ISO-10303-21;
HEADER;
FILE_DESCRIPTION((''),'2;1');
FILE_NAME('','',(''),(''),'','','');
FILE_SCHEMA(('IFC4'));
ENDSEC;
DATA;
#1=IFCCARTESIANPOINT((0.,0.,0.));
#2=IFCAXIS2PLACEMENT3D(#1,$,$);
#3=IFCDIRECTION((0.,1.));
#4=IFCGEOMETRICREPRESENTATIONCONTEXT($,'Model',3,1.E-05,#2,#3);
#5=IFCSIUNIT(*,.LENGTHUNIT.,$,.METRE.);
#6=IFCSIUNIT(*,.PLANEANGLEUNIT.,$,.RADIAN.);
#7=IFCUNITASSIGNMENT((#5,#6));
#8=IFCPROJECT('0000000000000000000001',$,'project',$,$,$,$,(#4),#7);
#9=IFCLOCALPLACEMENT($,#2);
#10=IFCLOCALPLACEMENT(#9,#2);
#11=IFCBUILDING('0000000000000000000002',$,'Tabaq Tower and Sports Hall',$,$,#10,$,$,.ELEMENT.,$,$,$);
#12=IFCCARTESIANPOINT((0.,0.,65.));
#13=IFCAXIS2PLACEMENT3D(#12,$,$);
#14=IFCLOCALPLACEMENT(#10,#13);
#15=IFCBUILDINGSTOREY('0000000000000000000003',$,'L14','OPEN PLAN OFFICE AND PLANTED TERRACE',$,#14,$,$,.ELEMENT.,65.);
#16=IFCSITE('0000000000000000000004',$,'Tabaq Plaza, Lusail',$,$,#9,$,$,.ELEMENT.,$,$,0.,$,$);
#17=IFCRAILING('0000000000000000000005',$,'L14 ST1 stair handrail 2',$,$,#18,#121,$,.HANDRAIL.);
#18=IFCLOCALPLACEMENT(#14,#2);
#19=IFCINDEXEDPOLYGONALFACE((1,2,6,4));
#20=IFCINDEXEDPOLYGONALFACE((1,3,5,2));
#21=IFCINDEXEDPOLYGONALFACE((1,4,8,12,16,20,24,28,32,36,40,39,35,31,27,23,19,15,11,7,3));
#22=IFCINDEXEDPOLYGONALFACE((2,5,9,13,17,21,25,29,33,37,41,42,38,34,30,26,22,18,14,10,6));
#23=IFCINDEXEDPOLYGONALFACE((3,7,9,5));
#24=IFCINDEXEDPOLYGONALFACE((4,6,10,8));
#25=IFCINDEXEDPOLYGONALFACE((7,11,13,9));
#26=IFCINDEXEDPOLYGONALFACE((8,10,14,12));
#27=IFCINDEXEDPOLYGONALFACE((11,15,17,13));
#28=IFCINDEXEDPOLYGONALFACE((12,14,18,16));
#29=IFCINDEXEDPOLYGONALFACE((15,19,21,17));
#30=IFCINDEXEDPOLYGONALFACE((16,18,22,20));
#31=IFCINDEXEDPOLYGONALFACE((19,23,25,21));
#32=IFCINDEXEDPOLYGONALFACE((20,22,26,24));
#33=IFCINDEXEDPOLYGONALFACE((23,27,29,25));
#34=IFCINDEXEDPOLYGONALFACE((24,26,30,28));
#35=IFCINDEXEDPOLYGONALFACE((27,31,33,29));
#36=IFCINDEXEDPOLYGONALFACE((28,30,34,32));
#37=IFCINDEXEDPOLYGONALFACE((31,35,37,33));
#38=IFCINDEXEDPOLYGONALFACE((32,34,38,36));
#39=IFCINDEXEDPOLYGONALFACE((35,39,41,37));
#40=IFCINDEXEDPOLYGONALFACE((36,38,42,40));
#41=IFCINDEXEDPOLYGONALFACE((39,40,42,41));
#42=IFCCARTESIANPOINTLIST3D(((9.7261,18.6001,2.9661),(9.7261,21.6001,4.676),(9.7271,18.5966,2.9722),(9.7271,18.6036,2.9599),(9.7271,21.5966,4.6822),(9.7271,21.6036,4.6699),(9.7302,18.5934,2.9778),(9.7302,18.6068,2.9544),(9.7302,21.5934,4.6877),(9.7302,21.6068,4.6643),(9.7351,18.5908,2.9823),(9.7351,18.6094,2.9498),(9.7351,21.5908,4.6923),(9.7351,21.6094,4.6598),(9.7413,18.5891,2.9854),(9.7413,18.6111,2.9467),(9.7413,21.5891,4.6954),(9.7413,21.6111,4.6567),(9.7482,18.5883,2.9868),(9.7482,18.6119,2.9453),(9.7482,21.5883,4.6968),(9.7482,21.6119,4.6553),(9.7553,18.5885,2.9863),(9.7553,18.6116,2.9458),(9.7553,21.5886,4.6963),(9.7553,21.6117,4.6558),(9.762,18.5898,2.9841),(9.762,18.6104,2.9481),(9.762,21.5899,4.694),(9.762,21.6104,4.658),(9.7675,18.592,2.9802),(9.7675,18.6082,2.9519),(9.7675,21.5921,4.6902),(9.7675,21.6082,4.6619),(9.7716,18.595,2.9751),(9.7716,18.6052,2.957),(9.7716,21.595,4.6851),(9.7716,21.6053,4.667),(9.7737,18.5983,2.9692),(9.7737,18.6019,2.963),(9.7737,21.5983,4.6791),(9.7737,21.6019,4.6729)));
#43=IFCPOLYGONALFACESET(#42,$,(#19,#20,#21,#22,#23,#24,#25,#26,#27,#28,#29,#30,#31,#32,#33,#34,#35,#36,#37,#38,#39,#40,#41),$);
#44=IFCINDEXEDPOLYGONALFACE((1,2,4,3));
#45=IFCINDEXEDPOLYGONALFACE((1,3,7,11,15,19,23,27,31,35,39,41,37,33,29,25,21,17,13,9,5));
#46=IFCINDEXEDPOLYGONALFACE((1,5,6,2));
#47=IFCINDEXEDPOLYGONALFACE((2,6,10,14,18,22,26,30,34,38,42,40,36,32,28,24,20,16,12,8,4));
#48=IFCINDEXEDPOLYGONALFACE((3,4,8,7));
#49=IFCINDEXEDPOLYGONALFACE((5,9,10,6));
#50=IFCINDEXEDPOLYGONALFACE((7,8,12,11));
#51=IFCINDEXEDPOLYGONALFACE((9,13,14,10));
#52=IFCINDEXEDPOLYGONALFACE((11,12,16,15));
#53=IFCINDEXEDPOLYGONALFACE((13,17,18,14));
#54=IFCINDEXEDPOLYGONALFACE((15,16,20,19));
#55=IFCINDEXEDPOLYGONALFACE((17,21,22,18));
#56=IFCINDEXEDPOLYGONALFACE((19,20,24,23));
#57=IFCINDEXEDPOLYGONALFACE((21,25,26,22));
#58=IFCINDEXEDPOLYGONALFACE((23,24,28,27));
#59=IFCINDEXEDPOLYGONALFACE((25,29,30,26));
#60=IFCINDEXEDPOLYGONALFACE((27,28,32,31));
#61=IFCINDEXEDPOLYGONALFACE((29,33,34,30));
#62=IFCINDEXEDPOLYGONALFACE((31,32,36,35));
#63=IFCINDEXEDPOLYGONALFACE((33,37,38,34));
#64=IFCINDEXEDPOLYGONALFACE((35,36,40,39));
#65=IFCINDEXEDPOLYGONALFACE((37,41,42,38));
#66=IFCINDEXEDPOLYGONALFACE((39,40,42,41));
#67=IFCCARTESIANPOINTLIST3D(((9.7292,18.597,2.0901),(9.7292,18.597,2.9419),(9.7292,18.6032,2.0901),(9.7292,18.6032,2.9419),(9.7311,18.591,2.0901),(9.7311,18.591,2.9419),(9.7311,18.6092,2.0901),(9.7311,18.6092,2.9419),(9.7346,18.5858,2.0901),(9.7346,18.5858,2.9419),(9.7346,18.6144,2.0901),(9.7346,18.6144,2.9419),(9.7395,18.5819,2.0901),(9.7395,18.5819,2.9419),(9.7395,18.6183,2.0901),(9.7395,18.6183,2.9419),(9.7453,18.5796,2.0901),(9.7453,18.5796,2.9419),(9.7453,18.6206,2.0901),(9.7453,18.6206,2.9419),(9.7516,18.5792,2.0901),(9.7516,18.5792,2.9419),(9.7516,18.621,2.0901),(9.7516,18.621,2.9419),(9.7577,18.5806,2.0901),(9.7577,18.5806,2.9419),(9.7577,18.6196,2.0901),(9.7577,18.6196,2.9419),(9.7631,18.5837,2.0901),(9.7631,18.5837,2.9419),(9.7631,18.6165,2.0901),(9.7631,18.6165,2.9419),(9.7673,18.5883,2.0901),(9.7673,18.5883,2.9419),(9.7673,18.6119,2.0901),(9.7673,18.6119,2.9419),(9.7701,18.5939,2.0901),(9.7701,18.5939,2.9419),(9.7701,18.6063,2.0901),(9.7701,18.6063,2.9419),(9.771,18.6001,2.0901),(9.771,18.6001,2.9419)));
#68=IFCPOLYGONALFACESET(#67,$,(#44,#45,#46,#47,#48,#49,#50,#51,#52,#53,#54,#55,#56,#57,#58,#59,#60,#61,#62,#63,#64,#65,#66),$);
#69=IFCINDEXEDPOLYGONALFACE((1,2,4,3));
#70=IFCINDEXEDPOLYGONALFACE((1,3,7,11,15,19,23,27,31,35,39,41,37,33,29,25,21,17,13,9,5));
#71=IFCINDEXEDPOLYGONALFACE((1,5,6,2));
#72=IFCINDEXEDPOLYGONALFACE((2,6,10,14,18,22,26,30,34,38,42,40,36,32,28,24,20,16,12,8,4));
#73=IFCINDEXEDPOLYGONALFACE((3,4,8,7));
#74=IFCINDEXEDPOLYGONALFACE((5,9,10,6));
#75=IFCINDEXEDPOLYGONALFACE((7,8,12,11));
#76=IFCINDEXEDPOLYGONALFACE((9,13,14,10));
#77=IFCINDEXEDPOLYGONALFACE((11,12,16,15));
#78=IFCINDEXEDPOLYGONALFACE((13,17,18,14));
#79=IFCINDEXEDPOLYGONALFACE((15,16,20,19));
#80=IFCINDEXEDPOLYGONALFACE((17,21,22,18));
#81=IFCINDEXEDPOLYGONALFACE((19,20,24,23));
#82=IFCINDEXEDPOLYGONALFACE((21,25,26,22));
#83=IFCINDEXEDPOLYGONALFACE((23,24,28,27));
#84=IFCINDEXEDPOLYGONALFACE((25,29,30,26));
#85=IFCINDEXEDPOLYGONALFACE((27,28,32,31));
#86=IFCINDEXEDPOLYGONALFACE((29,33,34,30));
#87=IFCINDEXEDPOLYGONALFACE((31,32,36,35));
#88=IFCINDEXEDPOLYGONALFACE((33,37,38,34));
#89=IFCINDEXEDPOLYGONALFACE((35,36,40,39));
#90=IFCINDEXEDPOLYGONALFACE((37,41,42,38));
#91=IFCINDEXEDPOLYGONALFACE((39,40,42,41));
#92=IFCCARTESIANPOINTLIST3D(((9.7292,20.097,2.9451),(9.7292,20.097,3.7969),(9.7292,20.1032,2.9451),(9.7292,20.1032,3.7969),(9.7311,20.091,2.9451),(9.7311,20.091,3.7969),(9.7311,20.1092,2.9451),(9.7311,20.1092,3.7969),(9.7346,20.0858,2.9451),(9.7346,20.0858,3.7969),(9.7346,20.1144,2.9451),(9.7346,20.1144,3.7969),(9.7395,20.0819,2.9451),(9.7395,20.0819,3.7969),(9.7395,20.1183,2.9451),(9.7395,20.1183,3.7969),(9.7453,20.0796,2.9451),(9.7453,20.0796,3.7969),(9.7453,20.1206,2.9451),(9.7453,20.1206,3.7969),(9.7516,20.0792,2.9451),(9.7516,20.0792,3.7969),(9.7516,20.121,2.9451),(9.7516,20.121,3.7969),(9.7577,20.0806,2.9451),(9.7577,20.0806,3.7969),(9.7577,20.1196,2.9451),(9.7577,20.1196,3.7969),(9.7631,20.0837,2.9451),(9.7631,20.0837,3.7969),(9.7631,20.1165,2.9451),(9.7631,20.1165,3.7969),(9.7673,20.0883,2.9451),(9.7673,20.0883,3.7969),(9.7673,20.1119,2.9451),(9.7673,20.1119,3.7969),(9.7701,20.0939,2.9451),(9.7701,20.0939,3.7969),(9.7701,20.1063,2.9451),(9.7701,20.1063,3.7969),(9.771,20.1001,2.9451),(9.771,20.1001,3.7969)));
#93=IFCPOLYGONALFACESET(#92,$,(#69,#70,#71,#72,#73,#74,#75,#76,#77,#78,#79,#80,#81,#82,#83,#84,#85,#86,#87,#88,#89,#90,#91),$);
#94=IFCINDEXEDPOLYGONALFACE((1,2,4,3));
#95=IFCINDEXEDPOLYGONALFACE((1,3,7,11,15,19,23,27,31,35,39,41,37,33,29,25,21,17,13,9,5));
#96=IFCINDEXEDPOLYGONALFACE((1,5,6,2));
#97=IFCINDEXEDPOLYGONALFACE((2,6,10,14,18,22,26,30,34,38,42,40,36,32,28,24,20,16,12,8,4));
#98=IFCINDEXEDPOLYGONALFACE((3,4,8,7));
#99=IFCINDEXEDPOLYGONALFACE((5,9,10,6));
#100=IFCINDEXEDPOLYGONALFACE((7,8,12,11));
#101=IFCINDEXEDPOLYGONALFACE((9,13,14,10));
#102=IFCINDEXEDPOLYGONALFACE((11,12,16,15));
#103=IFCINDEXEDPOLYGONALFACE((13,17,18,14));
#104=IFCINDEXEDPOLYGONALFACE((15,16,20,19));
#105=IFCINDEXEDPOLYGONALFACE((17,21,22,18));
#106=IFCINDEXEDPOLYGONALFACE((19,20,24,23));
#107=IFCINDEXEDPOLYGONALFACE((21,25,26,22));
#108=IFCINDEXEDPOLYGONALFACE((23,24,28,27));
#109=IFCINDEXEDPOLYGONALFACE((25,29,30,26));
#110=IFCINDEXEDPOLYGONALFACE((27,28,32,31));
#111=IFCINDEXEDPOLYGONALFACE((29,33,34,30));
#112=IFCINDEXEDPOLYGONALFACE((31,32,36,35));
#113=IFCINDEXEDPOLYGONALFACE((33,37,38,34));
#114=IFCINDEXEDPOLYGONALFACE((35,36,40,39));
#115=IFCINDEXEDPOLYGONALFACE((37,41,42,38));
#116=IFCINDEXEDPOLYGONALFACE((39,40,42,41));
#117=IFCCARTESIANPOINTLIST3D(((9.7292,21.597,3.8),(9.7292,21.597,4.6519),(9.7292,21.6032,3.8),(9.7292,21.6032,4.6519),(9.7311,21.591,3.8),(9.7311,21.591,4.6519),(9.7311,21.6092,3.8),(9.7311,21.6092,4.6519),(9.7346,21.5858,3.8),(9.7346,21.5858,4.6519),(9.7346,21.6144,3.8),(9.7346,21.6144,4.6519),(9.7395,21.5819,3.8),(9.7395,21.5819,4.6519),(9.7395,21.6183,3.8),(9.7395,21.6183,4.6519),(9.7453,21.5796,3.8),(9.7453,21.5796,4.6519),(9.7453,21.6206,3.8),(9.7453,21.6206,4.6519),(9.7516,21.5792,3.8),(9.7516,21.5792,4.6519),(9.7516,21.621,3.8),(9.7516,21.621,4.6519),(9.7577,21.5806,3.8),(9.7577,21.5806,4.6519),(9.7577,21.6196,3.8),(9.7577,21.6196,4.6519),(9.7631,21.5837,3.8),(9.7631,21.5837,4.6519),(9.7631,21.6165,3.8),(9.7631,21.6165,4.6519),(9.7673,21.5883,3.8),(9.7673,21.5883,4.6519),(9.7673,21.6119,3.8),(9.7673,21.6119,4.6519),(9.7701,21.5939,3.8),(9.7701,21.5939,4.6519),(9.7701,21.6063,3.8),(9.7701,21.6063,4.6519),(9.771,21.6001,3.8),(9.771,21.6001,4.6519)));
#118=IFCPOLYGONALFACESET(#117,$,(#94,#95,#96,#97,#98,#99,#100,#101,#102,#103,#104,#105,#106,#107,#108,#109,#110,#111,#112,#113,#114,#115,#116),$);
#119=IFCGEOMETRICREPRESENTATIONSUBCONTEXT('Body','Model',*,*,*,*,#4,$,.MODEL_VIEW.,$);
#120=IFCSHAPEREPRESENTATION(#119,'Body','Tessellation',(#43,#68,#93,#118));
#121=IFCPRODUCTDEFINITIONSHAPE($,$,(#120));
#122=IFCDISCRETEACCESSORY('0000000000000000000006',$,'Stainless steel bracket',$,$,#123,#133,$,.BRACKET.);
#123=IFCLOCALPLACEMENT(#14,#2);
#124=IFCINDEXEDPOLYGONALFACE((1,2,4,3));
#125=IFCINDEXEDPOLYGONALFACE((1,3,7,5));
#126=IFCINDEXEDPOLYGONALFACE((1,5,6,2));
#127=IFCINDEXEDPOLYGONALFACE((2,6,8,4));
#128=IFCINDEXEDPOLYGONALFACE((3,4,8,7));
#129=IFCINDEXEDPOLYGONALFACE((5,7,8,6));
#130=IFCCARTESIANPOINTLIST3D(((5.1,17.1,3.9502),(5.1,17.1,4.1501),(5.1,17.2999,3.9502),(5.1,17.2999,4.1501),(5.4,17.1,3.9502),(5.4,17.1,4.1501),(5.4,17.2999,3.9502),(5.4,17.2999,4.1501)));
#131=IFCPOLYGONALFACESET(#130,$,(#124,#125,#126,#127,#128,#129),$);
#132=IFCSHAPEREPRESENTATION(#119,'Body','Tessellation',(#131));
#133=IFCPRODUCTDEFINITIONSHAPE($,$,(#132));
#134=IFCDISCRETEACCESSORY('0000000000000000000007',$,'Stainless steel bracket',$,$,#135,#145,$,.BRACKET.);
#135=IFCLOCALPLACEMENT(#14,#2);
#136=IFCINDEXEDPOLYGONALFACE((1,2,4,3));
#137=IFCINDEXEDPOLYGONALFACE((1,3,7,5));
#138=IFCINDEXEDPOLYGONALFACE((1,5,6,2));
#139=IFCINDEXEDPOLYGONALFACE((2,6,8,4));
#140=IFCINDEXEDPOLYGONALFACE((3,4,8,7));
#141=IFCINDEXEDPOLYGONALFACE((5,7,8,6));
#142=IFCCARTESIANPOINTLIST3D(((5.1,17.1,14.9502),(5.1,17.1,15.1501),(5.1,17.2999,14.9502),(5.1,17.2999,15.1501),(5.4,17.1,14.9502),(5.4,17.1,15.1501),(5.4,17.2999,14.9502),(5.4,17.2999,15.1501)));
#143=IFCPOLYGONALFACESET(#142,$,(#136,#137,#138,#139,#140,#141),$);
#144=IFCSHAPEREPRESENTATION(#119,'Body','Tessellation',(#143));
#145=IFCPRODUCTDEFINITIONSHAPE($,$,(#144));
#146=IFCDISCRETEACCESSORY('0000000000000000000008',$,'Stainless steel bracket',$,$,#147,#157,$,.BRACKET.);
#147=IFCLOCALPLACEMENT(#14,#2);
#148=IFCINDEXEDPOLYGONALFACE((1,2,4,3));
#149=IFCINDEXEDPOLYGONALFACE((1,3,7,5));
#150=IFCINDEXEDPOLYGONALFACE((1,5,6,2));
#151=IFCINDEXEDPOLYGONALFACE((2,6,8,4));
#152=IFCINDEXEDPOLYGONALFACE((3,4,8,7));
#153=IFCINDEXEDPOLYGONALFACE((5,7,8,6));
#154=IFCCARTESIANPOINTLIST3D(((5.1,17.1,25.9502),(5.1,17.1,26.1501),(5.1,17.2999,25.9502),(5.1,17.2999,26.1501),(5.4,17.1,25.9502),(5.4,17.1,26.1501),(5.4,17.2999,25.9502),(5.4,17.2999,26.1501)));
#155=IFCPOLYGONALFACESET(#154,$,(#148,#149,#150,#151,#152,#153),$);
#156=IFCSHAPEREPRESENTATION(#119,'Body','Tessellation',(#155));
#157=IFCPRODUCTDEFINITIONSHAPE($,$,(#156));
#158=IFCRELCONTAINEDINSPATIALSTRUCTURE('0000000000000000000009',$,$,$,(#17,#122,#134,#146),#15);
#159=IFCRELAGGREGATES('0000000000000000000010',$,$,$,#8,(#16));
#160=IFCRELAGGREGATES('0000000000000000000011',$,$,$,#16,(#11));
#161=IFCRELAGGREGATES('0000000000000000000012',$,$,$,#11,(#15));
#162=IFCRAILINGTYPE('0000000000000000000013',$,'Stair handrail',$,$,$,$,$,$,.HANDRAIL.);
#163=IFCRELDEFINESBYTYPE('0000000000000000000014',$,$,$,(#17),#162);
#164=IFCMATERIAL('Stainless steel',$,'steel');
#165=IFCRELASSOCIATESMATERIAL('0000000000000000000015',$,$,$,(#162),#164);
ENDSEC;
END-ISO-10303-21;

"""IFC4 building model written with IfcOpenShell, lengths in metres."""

from ifc_helpers import new_model, si_unit, direction, frame, origin, origin_2d, place, context, subcontext, project, spatial, rectangle, circle, extrude, material, type_object, element, save


model = new_model("IFC4")

# Units and contexts
model_context = context("Model", 3, precision=1e-05, world=origin(), true_north=direction((0.0, 1.0)))
body_context = subcontext(model_context, "Body", "Model", "MODEL_VIEW")
ifc_project = project(units=[si_unit("LENGTHUNIT", "METRE"), si_unit("PLANEANGLEUNIT", "RADIAN")], contexts=[model_context])

# Site, building, storey
site_placement = place(None, origin())
site = spatial("IfcSite", under=ifc_project, at=site_placement, Name="Tabaq Plaza, Lusail", CompositionType="ELEMENT", RefElevation=0.0)
building_placement = place(site_placement, origin())
building = spatial("IfcBuilding", under=site, at=building_placement, Name="Tabaq Tower and Sports Hall", CompositionType="ELEMENT")
storey_placement = place(building_placement, frame((0.0, 0.0, 65.0)))
storey = spatial("IfcBuildingStorey", under=building, at=storey_placement, Name="L14", Description="OPEN PLAN OFFICE AND PLANTED TERRACE", CompositionType="ELEMENT", Elevation=65.0)

# Railing
ifc_material_1 = material(Name="Stainless steel", Category="steel")
railing_type = type_object("IfcRailingType", Name="Stair handrail", PredefinedType="HANDRAIL", material=ifc_material_1)
railing_1_placement = place(storey_placement, frame((9.75, 18.6001, 2.0901)))
element("IfcRailing", 1, at=railing_1_placement, inside=storey, type_object=railing_type, Name="L14 ST1 stair handrail 2", PredefinedType="HANDRAIL", context=body_context, shape_type="SweptSolid", body=[
    extrude(circle(Radius=0.0239, at=origin_2d()), frame((0.0, 0.0, 0.876), z_axis=(0.0, 0.868782, 0.495195), x_axis=(-1.0, 0.0, 0.0)), (0.0, 0.0, 1.0), 3.4531),
    extrude(circle(Radius=0.021, at=origin_2d()), origin(), (0.0, 0.0, 1.0), 0.8518),
    extrude(circle(Radius=0.021, at=origin_2d()), frame((0.0, 1.5, 0.855)), (0.0, 0.0, 1.0), 0.8518),
    extrude(circle(Radius=0.021, at=origin_2d()), frame((0.0, 3.0, 1.71)), (0.0, 0.0, 1.0), 0.8518),
])

# Discrete accessories
for number, where, z_axis, x_axis, name in (
    (2, (5.25, 17.2, 3.9502), (0.0, 0.0, 1.0), (0.0, 1.0, 0.0), "Stainless steel bracket"),
    (3, (5.25, 17.2, 14.9502), (0.0, 0.0, 1.0), (0.0, 1.0, 0.0), "Stainless steel bracket"),
    (4, (5.25, 17.2, 25.9502), (0.0, 0.0, 1.0), (0.0, 1.0, 0.0), "Stainless steel bracket"),
):
    element("IfcDiscreteAccessory", number, at=place(storey_placement, frame(where, z_axis=z_axis, x_axis=x_axis)), inside=storey, Name=name, PredefinedType="BRACKET", context=body_context, shape_type="SweptSolid", body=[
        extrude(rectangle(XDim=0.2, YDim=0.3, at=origin_2d()), origin(), (0.0, 0.0, 1.0), 0.2),
    ])

save(model, "model.ifc")
